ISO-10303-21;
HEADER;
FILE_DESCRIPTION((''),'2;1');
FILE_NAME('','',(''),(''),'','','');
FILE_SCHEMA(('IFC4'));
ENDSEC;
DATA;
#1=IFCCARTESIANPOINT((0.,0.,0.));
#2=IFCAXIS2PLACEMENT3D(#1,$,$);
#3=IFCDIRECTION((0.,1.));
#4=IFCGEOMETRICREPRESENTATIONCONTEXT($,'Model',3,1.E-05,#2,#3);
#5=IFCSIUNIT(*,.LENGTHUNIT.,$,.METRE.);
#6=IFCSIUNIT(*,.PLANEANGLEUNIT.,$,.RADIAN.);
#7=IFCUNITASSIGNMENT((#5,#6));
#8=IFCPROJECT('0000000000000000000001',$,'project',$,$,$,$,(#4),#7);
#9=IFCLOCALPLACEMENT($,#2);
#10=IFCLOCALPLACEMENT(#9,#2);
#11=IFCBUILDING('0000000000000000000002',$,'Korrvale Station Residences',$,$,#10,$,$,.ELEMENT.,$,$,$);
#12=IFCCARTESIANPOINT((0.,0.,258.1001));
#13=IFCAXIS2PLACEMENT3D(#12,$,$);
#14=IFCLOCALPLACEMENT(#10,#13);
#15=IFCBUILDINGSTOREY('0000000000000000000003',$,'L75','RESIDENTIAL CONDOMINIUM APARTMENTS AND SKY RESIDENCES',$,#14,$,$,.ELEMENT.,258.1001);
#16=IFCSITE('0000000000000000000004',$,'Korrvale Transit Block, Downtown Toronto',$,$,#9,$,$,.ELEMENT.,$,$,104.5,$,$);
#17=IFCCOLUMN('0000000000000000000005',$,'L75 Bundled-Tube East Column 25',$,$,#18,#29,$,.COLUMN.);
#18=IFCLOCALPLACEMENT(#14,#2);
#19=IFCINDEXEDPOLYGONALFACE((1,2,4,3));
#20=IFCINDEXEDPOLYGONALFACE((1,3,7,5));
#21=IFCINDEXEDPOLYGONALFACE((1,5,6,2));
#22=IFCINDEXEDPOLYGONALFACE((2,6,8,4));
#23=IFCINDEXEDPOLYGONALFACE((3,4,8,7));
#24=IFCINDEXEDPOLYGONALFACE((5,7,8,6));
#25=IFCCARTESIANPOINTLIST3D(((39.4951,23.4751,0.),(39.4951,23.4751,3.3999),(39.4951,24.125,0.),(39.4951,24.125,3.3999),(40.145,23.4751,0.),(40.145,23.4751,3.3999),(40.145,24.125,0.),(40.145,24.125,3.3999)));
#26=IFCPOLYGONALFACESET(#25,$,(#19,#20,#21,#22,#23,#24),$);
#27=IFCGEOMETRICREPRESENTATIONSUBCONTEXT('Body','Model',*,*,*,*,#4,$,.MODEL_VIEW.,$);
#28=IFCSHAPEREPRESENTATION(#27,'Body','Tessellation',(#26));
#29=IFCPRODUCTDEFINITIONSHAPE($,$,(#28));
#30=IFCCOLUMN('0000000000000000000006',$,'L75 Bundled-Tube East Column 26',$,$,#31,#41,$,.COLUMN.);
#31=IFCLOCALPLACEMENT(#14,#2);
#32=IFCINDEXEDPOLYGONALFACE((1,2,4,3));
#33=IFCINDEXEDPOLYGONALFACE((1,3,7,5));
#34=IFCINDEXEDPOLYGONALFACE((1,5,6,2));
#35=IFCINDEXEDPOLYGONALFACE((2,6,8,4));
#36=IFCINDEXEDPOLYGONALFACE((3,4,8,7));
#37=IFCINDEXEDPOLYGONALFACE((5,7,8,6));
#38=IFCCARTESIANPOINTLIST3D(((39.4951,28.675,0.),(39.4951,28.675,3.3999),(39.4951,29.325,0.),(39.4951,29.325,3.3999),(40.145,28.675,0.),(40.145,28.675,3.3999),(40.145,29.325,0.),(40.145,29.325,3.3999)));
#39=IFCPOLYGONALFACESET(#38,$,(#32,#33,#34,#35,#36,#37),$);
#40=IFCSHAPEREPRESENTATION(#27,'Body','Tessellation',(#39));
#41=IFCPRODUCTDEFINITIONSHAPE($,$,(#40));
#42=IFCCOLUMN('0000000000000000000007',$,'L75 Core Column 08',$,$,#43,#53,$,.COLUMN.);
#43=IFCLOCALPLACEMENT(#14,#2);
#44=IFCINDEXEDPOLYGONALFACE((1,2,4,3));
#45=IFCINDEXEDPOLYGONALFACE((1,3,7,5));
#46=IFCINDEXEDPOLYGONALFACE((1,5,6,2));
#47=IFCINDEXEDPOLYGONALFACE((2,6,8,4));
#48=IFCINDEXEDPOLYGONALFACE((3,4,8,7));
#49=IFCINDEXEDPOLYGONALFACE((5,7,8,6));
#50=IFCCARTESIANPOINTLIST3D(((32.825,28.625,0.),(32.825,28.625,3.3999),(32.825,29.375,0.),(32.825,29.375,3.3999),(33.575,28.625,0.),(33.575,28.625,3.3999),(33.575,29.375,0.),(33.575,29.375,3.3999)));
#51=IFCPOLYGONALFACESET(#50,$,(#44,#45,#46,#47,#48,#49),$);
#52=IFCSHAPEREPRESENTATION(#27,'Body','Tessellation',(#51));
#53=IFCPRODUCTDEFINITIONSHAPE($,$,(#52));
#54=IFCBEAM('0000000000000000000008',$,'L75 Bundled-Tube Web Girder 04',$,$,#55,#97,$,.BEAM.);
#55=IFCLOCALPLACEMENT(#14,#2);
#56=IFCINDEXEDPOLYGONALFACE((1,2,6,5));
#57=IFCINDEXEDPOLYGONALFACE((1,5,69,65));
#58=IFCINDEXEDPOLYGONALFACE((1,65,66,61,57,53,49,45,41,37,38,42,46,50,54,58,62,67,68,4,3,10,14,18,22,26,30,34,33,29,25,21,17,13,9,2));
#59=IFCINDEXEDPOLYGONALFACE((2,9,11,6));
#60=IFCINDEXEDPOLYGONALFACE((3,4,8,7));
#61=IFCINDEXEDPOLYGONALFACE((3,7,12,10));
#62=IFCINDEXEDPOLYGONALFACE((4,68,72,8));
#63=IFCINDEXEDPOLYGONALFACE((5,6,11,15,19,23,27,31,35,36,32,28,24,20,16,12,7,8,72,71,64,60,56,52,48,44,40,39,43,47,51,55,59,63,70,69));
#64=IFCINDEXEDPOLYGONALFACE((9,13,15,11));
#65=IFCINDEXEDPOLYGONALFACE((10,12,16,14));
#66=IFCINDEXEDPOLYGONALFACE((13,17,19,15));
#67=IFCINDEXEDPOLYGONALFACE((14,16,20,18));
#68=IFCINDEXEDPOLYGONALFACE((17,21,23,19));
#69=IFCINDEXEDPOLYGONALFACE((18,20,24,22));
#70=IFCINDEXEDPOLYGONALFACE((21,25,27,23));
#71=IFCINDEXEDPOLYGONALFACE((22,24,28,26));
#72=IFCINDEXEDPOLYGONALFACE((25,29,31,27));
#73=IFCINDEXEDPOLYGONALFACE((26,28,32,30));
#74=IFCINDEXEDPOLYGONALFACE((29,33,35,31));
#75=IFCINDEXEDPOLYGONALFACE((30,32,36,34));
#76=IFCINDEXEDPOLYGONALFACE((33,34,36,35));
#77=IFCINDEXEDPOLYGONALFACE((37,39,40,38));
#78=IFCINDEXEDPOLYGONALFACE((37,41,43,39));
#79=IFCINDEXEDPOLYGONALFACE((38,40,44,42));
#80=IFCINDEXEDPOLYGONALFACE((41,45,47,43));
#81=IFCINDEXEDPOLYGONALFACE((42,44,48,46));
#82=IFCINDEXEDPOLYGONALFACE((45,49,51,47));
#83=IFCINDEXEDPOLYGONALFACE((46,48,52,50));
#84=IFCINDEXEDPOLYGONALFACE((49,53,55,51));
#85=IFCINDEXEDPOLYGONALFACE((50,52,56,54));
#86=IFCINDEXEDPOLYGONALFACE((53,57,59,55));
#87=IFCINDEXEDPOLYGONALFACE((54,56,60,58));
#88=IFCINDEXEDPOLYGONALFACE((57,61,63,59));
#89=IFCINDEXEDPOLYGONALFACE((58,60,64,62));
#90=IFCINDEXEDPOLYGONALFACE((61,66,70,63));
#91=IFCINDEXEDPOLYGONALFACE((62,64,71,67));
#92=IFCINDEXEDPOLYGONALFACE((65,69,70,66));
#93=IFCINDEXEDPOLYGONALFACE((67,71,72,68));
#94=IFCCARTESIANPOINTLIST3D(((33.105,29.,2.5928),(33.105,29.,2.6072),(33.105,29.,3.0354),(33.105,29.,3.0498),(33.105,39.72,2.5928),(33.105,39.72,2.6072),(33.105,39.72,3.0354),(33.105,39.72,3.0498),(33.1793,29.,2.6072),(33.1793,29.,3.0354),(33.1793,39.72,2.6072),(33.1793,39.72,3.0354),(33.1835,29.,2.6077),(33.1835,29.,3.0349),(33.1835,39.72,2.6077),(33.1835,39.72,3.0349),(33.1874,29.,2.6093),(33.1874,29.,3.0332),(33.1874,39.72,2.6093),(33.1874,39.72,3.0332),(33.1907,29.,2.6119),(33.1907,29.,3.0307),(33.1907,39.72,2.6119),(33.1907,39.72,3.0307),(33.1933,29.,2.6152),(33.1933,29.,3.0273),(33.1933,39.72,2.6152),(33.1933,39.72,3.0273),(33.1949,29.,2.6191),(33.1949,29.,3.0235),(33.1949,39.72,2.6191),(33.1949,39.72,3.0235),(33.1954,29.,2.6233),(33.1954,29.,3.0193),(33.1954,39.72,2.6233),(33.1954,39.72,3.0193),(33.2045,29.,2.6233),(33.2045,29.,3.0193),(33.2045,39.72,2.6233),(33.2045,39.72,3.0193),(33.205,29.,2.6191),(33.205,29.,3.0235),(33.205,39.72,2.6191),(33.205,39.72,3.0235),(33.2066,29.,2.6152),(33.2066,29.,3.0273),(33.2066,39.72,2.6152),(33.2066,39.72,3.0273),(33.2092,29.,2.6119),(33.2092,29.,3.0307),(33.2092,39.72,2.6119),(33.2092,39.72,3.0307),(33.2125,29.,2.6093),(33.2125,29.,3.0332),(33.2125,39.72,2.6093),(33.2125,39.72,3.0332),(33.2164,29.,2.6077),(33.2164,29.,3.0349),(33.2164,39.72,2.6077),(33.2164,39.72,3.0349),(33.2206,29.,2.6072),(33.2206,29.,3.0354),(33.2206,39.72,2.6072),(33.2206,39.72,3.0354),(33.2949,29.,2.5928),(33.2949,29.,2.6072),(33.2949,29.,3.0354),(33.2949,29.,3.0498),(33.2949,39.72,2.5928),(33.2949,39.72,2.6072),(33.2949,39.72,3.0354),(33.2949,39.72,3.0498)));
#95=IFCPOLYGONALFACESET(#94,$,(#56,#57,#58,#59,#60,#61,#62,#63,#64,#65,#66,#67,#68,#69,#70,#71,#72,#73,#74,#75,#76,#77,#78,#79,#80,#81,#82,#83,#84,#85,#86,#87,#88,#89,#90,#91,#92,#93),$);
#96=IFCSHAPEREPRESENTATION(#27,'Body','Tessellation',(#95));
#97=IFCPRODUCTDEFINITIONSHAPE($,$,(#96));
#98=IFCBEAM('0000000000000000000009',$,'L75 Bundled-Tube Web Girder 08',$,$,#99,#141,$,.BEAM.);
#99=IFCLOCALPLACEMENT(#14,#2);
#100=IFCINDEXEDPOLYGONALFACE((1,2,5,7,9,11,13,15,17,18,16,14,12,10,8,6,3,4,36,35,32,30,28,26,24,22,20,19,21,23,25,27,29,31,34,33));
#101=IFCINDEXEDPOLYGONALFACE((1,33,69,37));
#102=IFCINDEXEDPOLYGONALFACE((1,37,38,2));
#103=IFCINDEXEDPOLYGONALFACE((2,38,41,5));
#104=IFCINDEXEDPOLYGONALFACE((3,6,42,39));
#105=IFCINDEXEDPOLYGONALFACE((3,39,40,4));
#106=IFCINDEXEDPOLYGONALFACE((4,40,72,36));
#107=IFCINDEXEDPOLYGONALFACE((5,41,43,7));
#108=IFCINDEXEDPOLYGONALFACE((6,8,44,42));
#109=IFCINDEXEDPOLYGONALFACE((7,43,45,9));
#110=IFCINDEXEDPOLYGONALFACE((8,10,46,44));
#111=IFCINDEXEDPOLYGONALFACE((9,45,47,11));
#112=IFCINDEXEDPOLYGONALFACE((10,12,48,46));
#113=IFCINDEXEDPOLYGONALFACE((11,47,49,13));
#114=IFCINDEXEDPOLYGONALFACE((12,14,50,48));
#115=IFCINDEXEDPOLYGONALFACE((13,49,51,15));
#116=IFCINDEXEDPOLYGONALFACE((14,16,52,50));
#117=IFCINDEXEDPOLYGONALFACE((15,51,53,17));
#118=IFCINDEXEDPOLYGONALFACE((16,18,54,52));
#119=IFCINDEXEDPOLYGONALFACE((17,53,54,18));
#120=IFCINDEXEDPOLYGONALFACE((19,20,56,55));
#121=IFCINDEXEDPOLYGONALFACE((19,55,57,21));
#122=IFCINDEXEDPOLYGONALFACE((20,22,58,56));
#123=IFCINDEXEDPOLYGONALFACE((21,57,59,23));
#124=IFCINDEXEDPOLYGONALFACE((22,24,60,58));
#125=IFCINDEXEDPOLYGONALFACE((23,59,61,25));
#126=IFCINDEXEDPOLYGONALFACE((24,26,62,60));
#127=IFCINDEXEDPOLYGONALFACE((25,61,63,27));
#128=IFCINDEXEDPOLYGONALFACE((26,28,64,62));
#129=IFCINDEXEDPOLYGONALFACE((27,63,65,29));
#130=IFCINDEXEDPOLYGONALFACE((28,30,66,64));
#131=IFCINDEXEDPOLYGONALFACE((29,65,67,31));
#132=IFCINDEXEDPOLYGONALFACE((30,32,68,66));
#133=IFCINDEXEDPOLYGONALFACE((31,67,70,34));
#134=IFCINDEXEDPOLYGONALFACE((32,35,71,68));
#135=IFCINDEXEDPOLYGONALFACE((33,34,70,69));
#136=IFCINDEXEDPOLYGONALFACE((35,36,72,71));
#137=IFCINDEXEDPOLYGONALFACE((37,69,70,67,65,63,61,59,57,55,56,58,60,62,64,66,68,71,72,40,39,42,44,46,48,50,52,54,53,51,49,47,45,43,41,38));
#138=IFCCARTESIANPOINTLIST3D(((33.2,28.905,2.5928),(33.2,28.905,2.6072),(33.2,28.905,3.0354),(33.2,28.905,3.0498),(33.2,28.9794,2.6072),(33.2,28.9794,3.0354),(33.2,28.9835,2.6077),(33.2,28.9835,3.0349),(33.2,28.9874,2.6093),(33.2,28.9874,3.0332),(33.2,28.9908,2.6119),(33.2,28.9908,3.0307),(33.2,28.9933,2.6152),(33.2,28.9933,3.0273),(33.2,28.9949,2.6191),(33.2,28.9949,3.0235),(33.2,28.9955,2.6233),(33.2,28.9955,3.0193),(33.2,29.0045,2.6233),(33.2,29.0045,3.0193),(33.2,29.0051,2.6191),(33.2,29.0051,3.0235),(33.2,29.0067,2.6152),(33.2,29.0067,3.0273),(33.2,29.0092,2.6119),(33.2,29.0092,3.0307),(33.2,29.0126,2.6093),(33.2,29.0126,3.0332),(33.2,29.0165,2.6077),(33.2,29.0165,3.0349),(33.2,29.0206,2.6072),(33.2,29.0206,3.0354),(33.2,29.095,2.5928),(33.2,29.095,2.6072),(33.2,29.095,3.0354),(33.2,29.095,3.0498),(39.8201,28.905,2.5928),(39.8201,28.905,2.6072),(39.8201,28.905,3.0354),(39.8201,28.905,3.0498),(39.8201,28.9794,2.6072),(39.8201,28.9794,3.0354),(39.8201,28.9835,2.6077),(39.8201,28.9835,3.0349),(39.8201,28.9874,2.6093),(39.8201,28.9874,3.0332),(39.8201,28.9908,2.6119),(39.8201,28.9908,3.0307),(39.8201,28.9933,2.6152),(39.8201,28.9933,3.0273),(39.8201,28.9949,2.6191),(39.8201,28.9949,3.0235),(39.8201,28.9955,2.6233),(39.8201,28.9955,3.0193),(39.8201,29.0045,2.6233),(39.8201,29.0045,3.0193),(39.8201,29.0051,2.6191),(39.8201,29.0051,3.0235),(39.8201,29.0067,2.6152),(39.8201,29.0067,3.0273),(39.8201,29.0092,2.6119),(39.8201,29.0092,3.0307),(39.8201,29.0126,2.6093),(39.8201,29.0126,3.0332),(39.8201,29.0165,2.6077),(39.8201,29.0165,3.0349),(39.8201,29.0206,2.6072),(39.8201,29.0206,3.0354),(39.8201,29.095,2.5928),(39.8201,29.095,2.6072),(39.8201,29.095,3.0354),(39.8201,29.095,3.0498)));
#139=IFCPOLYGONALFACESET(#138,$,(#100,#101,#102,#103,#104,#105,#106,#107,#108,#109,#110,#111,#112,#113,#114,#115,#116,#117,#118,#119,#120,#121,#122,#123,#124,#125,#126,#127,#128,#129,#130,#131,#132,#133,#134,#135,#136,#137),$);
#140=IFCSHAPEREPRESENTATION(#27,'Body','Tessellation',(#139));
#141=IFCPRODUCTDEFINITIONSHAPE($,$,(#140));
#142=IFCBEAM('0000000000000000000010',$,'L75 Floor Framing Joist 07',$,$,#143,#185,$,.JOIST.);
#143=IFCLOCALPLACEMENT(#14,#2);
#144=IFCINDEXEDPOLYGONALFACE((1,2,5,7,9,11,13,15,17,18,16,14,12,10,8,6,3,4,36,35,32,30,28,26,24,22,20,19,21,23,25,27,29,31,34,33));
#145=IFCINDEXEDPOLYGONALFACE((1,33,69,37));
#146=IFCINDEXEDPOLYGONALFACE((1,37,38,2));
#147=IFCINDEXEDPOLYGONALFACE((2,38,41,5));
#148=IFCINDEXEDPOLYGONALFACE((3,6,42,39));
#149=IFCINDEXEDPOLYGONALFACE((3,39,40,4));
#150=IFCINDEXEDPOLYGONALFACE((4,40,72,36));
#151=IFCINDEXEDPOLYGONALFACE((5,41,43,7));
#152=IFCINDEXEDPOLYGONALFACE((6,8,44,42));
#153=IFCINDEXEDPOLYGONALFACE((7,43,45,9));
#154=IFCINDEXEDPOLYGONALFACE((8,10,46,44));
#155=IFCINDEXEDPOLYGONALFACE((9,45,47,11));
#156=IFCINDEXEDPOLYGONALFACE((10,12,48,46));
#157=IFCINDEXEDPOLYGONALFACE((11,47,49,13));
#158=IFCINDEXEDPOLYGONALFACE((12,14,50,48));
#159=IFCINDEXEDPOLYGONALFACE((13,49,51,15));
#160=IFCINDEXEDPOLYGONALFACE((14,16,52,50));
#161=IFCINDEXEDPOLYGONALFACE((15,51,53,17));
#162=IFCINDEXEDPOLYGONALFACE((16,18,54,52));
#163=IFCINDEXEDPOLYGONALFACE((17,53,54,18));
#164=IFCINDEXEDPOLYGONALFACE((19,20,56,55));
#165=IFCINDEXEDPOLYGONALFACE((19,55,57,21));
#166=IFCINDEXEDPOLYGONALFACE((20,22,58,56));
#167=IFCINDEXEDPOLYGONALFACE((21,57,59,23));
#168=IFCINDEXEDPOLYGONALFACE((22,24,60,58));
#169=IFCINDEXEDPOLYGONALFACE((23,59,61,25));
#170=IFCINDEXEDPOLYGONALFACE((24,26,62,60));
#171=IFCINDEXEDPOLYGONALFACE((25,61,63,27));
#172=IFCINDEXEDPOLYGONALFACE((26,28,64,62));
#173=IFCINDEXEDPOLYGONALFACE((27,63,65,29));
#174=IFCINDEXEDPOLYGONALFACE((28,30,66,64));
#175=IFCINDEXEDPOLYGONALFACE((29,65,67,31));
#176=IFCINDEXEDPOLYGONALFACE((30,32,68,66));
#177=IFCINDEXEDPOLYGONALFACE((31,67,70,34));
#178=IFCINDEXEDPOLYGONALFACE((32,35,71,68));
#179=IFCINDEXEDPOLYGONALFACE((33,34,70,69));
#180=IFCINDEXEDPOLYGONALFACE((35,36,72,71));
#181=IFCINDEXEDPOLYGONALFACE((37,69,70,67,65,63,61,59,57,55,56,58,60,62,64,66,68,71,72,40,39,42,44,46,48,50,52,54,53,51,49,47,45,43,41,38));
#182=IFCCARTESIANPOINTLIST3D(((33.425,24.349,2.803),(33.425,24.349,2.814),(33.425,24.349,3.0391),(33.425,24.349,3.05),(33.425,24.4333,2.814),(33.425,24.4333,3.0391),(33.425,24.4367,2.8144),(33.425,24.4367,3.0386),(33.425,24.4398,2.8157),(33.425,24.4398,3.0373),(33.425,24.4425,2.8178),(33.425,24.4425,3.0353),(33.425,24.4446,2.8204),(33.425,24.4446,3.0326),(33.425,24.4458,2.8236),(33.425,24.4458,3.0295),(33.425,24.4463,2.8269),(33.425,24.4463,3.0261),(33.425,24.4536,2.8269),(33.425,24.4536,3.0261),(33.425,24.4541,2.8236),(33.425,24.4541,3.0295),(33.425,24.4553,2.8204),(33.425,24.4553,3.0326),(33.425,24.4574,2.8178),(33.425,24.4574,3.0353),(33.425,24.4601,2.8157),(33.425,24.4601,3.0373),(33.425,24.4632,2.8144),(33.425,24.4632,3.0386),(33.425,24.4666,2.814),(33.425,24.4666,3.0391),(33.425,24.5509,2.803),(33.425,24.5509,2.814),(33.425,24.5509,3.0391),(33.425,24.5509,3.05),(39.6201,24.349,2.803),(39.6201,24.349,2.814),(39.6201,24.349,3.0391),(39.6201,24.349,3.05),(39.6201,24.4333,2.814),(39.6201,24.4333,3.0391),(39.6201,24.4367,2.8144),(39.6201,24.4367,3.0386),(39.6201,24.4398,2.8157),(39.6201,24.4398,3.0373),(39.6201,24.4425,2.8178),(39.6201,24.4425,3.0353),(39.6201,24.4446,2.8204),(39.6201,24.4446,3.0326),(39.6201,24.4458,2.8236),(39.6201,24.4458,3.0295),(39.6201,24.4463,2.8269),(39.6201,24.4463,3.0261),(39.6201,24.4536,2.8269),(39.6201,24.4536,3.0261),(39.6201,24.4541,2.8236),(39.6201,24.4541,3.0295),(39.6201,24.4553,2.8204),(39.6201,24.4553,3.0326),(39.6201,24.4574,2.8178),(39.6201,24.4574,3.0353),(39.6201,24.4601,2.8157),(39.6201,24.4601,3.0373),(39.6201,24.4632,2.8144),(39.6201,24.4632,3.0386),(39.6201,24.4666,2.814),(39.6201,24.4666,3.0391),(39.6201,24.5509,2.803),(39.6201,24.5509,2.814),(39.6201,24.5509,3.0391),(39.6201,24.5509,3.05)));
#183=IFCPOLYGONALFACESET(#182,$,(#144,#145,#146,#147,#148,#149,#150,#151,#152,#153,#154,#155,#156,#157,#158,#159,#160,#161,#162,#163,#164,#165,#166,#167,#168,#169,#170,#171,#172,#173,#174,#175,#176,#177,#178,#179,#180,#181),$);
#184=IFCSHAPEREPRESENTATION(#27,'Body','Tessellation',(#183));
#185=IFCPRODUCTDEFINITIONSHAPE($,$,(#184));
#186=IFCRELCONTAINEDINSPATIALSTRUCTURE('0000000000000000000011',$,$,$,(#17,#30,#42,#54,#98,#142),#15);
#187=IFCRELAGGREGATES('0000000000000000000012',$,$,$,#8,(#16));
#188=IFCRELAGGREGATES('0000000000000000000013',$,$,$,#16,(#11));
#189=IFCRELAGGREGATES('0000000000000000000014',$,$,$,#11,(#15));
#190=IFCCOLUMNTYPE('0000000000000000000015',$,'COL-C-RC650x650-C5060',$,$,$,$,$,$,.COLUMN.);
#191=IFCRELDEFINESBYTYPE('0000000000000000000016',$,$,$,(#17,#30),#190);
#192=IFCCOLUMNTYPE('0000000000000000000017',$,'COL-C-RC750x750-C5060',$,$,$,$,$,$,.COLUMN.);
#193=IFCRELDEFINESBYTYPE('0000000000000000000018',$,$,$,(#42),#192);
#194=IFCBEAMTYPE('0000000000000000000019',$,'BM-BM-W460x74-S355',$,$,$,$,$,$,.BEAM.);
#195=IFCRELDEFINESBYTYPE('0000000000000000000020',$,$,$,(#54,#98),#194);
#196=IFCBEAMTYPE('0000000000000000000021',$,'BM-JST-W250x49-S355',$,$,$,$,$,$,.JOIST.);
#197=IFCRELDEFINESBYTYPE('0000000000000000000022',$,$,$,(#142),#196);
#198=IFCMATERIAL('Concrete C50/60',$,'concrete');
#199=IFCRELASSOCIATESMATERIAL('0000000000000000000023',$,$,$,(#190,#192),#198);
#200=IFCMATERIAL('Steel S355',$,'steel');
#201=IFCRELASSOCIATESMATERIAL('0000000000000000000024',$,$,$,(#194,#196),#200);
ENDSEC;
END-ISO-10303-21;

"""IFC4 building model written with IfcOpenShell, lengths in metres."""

from ifc_helpers import new_model, si_unit, direction, frame, origin, origin_2d, place, context, subcontext, project, spatial, rectangle, i_section, extrude, material, material_profile, profile_set, type_object, element, save


model = new_model("IFC4")

# Units and contexts
model_context = context("Model", 3, precision=1e-05, world=origin(), true_north=direction((0.0, 1.0)))
body_context = subcontext(model_context, "Body", "Model", "MODEL_VIEW")
ifc_project = project(units=[si_unit("LENGTHUNIT", "METRE"), si_unit("PLANEANGLEUNIT", "RADIAN")], contexts=[model_context])

# Site, building, storey
site_placement = place(None, origin())
site = spatial("IfcSite", under=ifc_project, at=site_placement, Name="Korrvale Transit Block, Downtown Toronto", CompositionType="ELEMENT", RefElevation=104.5)
building_placement = place(site_placement, origin())
building = spatial("IfcBuilding", under=site, at=building_placement, Name="Korrvale Station Residences", CompositionType="ELEMENT")
storey_placement = place(building_placement, frame((0.0, 0.0, 258.1001)))
storey = spatial("IfcBuildingStorey", under=building, at=storey_placement, Name="L75", Description="RESIDENTIAL CONDOMINIUM APARTMENTS AND SKY RESIDENCES", CompositionType="ELEMENT", Elevation=258.1001)

# Columns
ifc_material_1 = material(Name="Concrete C50/60", Category="concrete")
ifc_material_profile_1 = material_profile(ifc_material_1, rectangle(XDim=0.6499, YDim=0.6499, at=origin_2d()), Name="RC650x650")
ifc_profile_set_1 = profile_set([ifc_material_profile_1], Name="Concrete C50/60")
column_type_1 = type_object("IfcColumnType", Name="COL-C-RC650x650-C5060", PredefinedType="COLUMN", material=ifc_profile_set_1)
for number, where, z_axis, x_axis, name in (
    (1, (39.8201, 23.8, 0.0), (0.0, 0.0, 1.0), (1.0, 0.0, 0.0), "L75 Bundled-Tube East Column 25"),
    (2, (39.8201, 29.0, 0.0), (0.0, 0.0, 1.0), (1.0, 0.0, 0.0), "L75 Bundled-Tube East Column 26"),
):
    element("IfcColumn", number, at=place(storey_placement, frame(where, z_axis=z_axis, x_axis=x_axis)), inside=storey, type_object=column_type_1, Name=name, PredefinedType="COLUMN", context=body_context, shape_type="SweptSolid", body=[
        extrude(rectangle(XDim=0.6499, YDim=0.6499, at=origin_2d()), origin(), (0.0, 0.0, 1.0), 3.3999),
    ])
ifc_material_profile_2 = material_profile(ifc_material_1, rectangle(XDim=0.75, YDim=0.75, at=origin_2d()), Name="RC750x750")
ifc_profile_set_2 = profile_set([ifc_material_profile_2], Name="Concrete C50/60")
column_type_2 = type_object("IfcColumnType", Name="COL-C-RC750x750-C5060", PredefinedType="COLUMN", material=ifc_profile_set_2)
column_placement = place(storey_placement, frame((33.2, 29.0, 0.0), z_axis=(0.0, 0.0, 1.0), x_axis=(1.0, 0.0, 0.0)))
element("IfcColumn", 3, at=column_placement, inside=storey, type_object=column_type_2, Name="L75 Core Column 08", PredefinedType="COLUMN", context=body_context, shape_type="SweptSolid", body=[
    extrude(rectangle(XDim=0.75, YDim=0.75, at=origin_2d()), origin(), (0.0, 0.0, 1.0), 3.3999),
])

# Beams
ifc_material_2 = material(Name="Steel S355", Category="steel")
ifc_material_profile_3 = material_profile(ifc_material_2, i_section(OverallWidth=0.1899, OverallDepth=0.457, WebThickness=0.009, FlangeThickness=0.0144, FilletRadius=0.0161, at=origin_2d()), Name="W460x74")
ifc_profile_set_3 = profile_set([ifc_material_profile_3], Name="Steel S355")
beam_type_1 = type_object("IfcBeamType", Name="BM-BM-W460x74-S355", PredefinedType="BEAM", material=ifc_profile_set_3)
beam_1_placement = place(storey_placement, frame((33.2, 29.0, 2.8213), z_axis=(0.0, 1.0, 0.0), x_axis=(-1.0, 0.0, 0.0)))
element("IfcBeam", 4, at=beam_1_placement, inside=storey, type_object=beam_type_1, Name="L75 Bundled-Tube Web Girder 04", PredefinedType="BEAM", context=body_context, shape_type="SweptSolid", body=[
    extrude(i_section(OverallWidth=0.1899, OverallDepth=0.457, WebThickness=0.009, FlangeThickness=0.0144, FilletRadius=0.0161, at=origin_2d()), origin(), (0.0, 0.0, 1.0), 10.72),
])
beam_2_placement = place(storey_placement, frame((33.2, 29.0, 2.8213), z_axis=(1.0, 0.0, 0.0), x_axis=(0.0, 1.0, 0.0)))
element("IfcBeam", 5, at=beam_2_placement, inside=storey, type_object=beam_type_1, Name="L75 Bundled-Tube Web Girder 08", PredefinedType="BEAM", context=body_context, shape_type="SweptSolid", body=[
    extrude(i_section(OverallWidth=0.1899, OverallDepth=0.457, WebThickness=0.009, FlangeThickness=0.0144, FilletRadius=0.0161, at=origin_2d()), origin(), (0.0, 0.0, 1.0), 6.6201),
])
ifc_material_profile_4 = material_profile(ifc_material_2, i_section(OverallWidth=0.2019, OverallDepth=0.2471, WebThickness=0.0073, FlangeThickness=0.011, FilletRadius=0.0129, at=origin_2d()), Name="W250x49")
ifc_profile_set_4 = profile_set([ifc_material_profile_4], Name="Steel S355")
beam_type_2 = type_object("IfcBeamType", Name="BM-JST-W250x49-S355", PredefinedType="JOIST", material=ifc_profile_set_4)
beam_3_placement = place(storey_placement, frame((33.425, 24.45, 2.9265), z_axis=(1.0, 0.0, 0.0), x_axis=(0.0, 1.0, 0.0)))
element("IfcBeam", 6, at=beam_3_placement, inside=storey, type_object=beam_type_2, Name="L75 Floor Framing Joist 07", PredefinedType="JOIST", context=body_context, shape_type="SweptSolid", body=[
    extrude(i_section(OverallWidth=0.2019, OverallDepth=0.2471, WebThickness=0.0073, FlangeThickness=0.011, FilletRadius=0.0129, at=origin_2d()), origin(), (0.0, 0.0, 1.0), 6.1951),
])

save(model, "model.ifc")
